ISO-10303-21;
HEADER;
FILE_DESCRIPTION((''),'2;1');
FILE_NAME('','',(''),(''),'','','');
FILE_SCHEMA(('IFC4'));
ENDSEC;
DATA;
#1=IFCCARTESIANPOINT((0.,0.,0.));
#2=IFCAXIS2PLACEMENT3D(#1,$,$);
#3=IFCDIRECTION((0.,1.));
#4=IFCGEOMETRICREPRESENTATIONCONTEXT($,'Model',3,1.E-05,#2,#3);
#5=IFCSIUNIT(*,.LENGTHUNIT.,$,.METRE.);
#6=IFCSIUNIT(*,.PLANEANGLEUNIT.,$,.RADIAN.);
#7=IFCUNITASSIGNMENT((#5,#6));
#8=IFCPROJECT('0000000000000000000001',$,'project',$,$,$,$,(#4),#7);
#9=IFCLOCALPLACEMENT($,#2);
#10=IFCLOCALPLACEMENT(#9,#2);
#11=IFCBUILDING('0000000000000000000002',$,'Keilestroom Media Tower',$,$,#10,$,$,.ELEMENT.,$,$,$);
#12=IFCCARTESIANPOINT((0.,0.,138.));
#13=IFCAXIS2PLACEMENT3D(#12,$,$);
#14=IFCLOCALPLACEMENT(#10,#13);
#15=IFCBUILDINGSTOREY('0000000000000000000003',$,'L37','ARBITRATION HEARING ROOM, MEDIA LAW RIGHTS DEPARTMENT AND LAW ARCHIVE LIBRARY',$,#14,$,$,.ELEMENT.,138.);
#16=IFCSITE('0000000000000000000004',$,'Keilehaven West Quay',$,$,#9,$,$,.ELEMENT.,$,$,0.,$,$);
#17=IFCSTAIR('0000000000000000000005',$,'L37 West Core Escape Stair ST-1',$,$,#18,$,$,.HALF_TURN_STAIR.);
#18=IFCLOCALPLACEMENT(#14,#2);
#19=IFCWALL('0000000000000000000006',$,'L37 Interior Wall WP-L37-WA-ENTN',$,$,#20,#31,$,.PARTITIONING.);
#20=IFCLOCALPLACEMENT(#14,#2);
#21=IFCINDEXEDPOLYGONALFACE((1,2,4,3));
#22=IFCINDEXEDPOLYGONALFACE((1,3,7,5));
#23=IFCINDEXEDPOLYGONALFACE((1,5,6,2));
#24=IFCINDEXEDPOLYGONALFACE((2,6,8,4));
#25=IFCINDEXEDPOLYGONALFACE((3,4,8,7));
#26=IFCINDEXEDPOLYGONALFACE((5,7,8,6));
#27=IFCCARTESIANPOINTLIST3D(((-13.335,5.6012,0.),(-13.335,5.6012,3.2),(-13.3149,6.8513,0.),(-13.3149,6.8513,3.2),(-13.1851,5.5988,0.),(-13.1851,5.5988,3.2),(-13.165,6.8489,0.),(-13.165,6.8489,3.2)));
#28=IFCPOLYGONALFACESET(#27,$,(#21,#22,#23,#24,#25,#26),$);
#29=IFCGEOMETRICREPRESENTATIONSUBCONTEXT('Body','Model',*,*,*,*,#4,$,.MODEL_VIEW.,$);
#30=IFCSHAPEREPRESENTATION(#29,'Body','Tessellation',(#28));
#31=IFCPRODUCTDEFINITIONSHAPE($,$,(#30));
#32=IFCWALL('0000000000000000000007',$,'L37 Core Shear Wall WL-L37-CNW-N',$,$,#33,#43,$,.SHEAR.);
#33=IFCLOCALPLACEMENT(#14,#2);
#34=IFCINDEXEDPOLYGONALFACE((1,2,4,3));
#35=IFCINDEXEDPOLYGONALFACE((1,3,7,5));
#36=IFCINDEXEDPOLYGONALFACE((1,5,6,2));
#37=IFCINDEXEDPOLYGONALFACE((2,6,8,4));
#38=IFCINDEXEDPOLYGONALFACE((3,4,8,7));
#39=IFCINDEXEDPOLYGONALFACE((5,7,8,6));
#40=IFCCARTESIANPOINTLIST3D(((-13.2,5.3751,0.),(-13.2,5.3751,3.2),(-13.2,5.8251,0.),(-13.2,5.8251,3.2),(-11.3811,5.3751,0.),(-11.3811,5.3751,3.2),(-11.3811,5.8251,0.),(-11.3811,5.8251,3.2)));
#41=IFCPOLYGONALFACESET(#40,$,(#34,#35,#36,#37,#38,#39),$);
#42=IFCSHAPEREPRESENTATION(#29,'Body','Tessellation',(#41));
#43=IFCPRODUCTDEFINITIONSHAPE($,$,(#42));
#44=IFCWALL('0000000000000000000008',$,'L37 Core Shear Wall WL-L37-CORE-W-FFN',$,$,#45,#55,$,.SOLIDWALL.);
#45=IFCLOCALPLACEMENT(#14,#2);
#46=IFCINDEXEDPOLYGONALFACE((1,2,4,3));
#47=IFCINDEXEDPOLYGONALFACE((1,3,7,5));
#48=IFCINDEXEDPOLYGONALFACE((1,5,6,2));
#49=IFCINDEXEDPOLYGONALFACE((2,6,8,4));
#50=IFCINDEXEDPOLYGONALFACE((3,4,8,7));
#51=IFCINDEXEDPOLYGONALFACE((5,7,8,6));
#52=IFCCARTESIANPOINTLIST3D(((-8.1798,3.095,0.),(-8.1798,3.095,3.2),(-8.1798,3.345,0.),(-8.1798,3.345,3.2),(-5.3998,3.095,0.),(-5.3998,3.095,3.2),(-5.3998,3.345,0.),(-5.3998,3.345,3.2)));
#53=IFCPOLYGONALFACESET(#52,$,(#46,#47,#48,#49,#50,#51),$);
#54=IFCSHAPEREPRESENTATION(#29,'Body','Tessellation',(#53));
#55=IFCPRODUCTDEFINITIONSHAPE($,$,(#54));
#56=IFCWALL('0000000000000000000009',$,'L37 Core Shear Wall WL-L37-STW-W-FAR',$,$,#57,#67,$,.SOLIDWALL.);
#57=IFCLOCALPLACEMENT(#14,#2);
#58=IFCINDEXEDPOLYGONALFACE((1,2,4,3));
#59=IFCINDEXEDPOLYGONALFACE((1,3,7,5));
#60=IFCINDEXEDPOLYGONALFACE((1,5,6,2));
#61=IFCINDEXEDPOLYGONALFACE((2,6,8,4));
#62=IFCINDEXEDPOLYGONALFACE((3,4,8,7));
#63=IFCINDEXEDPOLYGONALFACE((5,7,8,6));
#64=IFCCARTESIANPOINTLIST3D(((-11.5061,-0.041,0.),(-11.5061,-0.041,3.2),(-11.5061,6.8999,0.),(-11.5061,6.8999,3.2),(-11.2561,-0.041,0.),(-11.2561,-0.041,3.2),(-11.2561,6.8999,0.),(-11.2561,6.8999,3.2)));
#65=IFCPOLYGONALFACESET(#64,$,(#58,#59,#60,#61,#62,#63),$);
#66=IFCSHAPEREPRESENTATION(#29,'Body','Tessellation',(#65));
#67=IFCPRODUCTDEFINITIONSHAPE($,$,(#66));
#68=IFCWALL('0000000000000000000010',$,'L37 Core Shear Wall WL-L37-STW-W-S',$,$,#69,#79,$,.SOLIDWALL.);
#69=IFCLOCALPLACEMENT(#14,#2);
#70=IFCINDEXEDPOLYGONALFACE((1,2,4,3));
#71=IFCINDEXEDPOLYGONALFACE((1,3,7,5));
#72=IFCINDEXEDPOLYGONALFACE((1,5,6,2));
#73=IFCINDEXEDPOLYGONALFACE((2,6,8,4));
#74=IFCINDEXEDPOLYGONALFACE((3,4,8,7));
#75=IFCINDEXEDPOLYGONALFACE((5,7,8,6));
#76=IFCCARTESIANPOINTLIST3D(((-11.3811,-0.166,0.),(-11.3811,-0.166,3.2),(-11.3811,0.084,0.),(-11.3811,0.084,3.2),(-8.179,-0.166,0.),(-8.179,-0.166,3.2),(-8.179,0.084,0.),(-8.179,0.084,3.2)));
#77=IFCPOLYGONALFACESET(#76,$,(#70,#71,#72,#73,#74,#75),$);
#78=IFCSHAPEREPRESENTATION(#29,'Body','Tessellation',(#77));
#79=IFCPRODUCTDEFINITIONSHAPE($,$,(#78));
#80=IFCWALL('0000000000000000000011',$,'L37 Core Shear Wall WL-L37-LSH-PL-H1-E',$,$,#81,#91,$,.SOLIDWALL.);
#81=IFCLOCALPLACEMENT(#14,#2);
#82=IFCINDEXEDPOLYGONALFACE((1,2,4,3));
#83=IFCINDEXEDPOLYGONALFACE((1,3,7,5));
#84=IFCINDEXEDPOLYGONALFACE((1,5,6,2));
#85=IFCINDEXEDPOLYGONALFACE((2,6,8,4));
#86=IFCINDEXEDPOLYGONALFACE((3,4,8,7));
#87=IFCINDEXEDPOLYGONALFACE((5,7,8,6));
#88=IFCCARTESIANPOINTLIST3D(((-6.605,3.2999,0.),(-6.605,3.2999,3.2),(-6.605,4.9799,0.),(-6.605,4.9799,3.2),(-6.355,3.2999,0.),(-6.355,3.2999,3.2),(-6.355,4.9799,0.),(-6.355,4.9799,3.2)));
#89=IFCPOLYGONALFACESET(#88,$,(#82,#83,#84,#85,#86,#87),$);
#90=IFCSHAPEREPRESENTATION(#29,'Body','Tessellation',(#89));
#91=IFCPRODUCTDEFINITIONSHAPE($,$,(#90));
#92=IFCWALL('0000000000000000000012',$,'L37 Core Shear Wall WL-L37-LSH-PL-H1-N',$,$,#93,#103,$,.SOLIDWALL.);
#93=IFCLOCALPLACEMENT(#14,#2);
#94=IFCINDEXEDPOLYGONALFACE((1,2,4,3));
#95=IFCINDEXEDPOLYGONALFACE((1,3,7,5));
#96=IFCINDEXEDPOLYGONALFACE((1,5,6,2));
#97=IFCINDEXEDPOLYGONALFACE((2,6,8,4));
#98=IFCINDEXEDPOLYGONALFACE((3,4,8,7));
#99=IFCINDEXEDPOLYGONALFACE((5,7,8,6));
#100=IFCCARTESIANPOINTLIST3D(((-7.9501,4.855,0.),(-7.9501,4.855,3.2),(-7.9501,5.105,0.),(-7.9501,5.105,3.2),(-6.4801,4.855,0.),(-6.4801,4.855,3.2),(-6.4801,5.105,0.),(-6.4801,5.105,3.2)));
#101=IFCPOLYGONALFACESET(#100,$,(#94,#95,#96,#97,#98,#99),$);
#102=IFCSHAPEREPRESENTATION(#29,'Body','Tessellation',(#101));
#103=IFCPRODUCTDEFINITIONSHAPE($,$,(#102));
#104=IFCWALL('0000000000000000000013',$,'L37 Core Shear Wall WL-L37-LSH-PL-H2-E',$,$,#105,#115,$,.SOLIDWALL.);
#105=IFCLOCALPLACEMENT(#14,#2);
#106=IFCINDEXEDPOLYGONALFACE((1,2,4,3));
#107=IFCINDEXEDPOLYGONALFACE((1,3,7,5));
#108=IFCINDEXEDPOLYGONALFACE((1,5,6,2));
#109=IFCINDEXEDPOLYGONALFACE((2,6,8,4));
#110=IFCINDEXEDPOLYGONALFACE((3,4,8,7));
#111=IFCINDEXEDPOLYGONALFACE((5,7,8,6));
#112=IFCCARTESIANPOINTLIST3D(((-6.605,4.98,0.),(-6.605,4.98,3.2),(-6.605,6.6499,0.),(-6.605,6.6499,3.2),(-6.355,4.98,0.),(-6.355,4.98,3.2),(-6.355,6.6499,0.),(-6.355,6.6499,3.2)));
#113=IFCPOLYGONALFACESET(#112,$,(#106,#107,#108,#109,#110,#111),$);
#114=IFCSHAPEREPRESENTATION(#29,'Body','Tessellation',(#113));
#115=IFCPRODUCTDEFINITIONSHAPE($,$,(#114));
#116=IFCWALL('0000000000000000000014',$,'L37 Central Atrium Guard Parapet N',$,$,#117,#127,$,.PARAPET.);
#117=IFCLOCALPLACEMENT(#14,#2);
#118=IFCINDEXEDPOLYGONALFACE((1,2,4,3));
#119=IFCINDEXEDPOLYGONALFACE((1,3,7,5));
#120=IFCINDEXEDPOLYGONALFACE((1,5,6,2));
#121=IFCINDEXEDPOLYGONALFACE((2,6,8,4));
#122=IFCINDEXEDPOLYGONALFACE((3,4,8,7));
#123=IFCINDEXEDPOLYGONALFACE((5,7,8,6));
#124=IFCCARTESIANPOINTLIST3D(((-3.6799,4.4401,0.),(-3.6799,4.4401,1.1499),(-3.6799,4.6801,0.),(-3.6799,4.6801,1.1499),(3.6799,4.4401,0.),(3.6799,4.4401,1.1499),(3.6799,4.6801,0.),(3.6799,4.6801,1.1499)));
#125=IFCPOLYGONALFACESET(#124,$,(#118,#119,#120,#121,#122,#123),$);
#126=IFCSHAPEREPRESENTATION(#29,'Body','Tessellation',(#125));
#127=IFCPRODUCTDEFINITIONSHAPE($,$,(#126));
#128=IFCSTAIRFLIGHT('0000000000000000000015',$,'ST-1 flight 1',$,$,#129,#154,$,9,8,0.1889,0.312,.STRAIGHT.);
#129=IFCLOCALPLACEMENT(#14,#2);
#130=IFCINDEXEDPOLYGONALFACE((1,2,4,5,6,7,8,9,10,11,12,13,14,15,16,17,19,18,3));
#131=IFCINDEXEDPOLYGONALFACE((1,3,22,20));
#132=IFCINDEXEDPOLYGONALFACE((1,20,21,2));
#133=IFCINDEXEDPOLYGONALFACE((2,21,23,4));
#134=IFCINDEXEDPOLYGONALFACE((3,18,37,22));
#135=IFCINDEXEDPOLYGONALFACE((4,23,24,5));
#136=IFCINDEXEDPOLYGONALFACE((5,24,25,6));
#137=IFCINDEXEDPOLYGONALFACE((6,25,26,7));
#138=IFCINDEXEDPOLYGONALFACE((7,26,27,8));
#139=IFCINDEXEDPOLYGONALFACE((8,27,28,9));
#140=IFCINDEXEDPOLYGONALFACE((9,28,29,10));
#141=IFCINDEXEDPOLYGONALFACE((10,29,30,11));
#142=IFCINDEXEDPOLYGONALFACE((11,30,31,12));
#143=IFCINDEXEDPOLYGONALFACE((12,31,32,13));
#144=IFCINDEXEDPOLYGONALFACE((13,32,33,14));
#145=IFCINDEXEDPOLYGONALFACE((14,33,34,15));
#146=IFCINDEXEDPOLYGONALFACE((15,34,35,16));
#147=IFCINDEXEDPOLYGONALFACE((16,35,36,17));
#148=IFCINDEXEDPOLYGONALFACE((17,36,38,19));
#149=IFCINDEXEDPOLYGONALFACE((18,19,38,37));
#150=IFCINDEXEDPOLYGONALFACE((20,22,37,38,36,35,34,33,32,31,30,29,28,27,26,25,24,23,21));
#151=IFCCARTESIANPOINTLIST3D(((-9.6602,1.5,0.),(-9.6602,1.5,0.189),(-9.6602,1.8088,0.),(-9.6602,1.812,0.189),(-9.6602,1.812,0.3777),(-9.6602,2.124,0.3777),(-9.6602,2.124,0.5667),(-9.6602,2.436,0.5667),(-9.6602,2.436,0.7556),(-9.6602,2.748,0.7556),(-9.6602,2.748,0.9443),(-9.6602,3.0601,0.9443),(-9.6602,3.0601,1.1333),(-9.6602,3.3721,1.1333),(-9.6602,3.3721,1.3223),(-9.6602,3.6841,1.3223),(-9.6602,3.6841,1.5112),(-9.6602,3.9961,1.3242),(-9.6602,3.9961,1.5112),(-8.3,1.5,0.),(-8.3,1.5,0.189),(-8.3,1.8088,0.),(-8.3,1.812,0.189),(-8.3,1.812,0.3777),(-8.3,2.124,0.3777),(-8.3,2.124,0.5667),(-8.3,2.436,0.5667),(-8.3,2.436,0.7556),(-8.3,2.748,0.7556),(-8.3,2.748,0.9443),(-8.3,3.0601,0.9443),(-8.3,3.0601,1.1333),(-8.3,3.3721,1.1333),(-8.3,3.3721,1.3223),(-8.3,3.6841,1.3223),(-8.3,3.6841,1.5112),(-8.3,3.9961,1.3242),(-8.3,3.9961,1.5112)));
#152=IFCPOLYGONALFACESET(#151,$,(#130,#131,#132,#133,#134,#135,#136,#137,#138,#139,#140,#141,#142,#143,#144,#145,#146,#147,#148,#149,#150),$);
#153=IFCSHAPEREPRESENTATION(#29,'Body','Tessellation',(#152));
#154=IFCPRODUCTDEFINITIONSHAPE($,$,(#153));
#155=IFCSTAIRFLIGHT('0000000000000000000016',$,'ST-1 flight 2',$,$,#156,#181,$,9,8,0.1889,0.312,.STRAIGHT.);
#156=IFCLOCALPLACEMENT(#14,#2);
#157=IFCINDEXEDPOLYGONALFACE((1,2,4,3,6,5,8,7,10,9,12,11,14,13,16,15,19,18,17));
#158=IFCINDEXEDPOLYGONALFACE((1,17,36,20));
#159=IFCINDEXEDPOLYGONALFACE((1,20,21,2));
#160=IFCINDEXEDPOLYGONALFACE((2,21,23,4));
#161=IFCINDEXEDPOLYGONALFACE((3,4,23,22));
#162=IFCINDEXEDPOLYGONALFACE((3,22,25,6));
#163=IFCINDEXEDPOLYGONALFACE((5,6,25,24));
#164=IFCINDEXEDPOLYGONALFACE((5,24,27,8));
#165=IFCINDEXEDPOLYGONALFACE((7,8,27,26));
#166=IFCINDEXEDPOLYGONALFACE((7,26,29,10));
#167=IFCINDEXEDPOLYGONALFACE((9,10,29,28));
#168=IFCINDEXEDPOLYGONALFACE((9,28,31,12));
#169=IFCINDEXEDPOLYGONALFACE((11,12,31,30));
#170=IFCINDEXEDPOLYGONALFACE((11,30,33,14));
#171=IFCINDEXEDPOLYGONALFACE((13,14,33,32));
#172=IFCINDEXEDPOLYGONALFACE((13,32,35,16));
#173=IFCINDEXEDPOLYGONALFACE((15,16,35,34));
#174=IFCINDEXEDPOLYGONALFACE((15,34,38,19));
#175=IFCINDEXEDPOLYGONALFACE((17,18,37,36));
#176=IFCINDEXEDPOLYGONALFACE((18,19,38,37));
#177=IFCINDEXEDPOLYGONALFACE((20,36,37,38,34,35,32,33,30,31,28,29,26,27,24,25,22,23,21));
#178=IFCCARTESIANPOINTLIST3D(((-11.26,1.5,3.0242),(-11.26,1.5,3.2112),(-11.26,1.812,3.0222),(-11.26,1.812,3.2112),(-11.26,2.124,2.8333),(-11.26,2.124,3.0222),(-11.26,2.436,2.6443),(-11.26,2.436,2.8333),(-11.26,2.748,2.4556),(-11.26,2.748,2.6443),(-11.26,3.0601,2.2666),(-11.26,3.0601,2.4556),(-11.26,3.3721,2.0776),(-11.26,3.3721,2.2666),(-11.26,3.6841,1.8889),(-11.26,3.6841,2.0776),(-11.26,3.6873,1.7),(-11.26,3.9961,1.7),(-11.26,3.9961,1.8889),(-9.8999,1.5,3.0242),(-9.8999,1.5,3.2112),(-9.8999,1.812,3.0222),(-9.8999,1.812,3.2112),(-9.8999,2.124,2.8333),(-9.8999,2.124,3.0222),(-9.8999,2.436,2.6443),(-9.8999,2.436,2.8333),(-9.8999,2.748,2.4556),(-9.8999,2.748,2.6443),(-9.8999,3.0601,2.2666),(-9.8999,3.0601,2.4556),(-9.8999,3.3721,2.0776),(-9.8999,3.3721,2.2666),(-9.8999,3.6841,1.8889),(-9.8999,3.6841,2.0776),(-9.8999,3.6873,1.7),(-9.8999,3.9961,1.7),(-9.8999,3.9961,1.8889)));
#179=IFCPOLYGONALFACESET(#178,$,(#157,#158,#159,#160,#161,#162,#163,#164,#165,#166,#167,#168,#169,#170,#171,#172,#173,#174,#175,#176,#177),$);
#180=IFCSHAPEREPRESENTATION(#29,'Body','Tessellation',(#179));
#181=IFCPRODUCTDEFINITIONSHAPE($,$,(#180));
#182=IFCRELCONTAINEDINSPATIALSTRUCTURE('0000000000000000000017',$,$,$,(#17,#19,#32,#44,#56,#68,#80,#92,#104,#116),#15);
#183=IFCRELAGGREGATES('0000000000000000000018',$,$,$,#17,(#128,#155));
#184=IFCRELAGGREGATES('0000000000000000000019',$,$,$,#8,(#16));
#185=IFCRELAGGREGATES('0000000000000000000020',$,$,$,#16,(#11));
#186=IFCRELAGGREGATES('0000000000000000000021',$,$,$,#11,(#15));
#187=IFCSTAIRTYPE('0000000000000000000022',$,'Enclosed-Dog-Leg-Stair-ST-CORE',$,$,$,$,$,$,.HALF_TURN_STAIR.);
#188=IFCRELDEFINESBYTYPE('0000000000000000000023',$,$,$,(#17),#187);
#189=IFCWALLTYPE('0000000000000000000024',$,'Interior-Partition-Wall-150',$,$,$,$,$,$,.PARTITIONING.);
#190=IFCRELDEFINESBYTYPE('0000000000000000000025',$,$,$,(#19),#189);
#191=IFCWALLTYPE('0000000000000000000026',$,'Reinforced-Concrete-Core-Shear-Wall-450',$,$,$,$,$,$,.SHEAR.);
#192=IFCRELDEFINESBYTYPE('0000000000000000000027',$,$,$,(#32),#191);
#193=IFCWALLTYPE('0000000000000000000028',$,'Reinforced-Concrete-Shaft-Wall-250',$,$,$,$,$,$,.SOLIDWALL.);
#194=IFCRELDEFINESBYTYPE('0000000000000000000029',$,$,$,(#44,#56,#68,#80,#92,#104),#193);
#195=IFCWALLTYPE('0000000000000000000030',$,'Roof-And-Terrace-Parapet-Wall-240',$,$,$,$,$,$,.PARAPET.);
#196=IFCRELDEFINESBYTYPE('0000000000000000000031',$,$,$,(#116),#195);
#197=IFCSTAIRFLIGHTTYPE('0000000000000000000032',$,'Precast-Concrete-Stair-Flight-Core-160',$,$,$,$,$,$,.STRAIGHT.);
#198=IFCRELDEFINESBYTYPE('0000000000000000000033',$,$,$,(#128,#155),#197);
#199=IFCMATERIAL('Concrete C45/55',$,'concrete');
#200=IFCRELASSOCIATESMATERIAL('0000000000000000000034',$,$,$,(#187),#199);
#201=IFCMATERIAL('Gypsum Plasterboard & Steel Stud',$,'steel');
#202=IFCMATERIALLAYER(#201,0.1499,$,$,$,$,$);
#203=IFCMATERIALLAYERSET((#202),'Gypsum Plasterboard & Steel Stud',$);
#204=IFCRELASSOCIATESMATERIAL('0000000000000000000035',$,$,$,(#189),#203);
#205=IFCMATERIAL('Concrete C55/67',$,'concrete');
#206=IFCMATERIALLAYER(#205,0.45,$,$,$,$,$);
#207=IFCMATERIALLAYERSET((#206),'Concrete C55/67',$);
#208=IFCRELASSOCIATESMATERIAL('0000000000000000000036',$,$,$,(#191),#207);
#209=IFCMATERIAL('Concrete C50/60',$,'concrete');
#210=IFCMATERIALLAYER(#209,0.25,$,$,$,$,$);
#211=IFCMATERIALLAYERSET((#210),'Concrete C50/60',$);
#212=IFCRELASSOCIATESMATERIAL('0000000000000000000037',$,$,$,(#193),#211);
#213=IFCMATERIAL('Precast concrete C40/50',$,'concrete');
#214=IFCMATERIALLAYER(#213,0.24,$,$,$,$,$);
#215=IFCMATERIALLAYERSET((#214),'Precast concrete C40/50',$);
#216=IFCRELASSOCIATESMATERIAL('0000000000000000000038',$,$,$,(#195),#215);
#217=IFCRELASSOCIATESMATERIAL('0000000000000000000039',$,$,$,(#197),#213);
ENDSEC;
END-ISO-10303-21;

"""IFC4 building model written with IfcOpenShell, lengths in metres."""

from ifc_helpers import new_model, si_unit, direction, frame, frame_2d, origin, place, context, subcontext, project, spatial, polyline, rectangle, outline, extrude, material, layer, layer_set, type_object, element, aggregate, save


model = new_model("IFC4")

# Units and contexts
model_context = context("Model", 3, precision=1e-05, world=origin(), true_north=direction((0.0, 1.0)))
body_context = subcontext(model_context, "Body", "Model", "MODEL_VIEW")
ifc_project = project(units=[si_unit("LENGTHUNIT", "METRE"), si_unit("PLANEANGLEUNIT", "RADIAN")], contexts=[model_context])

# Site, building, storey
site_placement = place(None, origin())
site = spatial("IfcSite", under=ifc_project, at=site_placement, Name="Keilehaven West Quay", CompositionType="ELEMENT", RefElevation=0.0)
building_placement = place(site_placement, origin())
building = spatial("IfcBuilding", under=site, at=building_placement, Name="Keilestroom Media Tower", CompositionType="ELEMENT")
storey_placement = place(building_placement, frame((0.0, 0.0, 138.0)))
storey = spatial("IfcBuildingStorey", under=building, at=storey_placement, Name="L37", Description="ARBITRATION HEARING ROOM, MEDIA LAW RIGHTS DEPARTMENT AND LAW ARCHIVE LIBRARY", CompositionType="ELEMENT", Elevation=138.0)

# Shared definitions
ifc_material_1 = material(Name="Concrete C50/60", Category="concrete")

# Stair
ifc_material_2 = material(Name="Concrete C45/55", Category="concrete")
stair_type = type_object("IfcStairType", Name="Enclosed-Dog-Leg-Stair-ST-CORE", PredefinedType="HALF_TURN_STAIR", material=ifc_material_2)
stair_1_placement = place(storey_placement, origin())
stair_1 = element("IfcStair", 1, at=stair_1_placement, inside=storey, type_object=stair_type, Name="L37 West Core Escape Stair ST-1", PredefinedType="HALF_TURN_STAIR")

# Walls
ifc_material_3 = material(Name="Gypsum Plasterboard & Steel Stud", Category="steel")
ifc_layer_1 = layer(ifc_material_3, 0.1499)
ifc_layer_set_1 = layer_set([ifc_layer_1], Name="Gypsum Plasterboard & Steel Stud")
wall_type_1 = type_object("IfcWallType", Name="Interior-Partition-Wall-150", PredefinedType="PARTITIONING", material=ifc_layer_set_1)
wall_1_placement = place(storey_placement, frame((-13.26, 5.6001, 0.0), z_axis=(0.0, 0.0, 1.0), x_axis=(0.016014, 0.999872, 0.0)))
element("IfcWall", 2, at=wall_1_placement, inside=storey, type_object=wall_type_1, Name="L37 Interior Wall WP-L37-WA-ENTN", PredefinedType="PARTITIONING", context=body_context, shape_type="SweptSolid", body=[
    extrude(rectangle(XDim=1.2502, YDim=0.1499, at=frame_2d((0.625, 0.0))), origin(), (0.0, 0.0, 1.0), 3.2),
])
ifc_material_4 = material(Name="Concrete C55/67", Category="concrete")
ifc_layer_2 = layer(ifc_material_4, 0.45)
ifc_layer_set_2 = layer_set([ifc_layer_2], Name="Concrete C55/67")
wall_type_2 = type_object("IfcWallType", Name="Reinforced-Concrete-Core-Shear-Wall-450", PredefinedType="SHEAR", material=ifc_layer_set_2)
wall_2_placement = place(storey_placement, frame((-13.2, 5.6001, 0.0), z_axis=(0.0, 0.0, 1.0), x_axis=(1.0, 0.0, 0.0)))
element("IfcWall", 3, at=wall_2_placement, inside=storey, type_object=wall_type_2, Name="L37 Core Shear Wall WL-L37-CNW-N", PredefinedType="SHEAR", context=body_context, shape_type="SweptSolid", body=[
    extrude(rectangle(XDim=1.8188, YDim=0.45, at=frame_2d((0.9094, 0.0))), origin(), (0.0, 0.0, 1.0), 3.2),
])
ifc_layer_3 = layer(ifc_material_1, 0.25)
ifc_layer_set_3 = layer_set([ifc_layer_3], Name="Concrete C50/60")
wall_type_3 = type_object("IfcWallType", Name="Reinforced-Concrete-Shaft-Wall-250", PredefinedType="SOLIDWALL", material=ifc_layer_set_3)
wall_3_placement = place(storey_placement, frame((-8.1799, 3.22, 0.0), z_axis=(0.0, 0.0, 1.0), x_axis=(1.0, 0.0, 0.0)))
element("IfcWall", 4, at=wall_3_placement, inside=storey, type_object=wall_type_3, Name="L37 Core Shear Wall WL-L37-CORE-W-FFN", PredefinedType="SOLIDWALL", context=body_context, shape_type="SweptSolid", body=[
    extrude(rectangle(XDim=2.78, YDim=0.25, at=frame_2d((1.3901, 0.0))), origin(), (0.0, 0.0, 1.0), 3.2),
])
wall_4_placement = place(storey_placement, frame((-11.3811, -0.041, 0.0), z_axis=(0.0, 0.0, 1.0), x_axis=(0.0, 1.0, 0.0)))
element("IfcWall", 5, at=wall_4_placement, inside=storey, type_object=wall_type_3, Name="L37 Core Shear Wall WL-L37-STW-W-FAR", PredefinedType="SOLIDWALL", context=body_context, shape_type="SweptSolid", body=[
    extrude(rectangle(XDim=6.9409, YDim=0.25, at=frame_2d((3.4705, 0.0))), origin(), (0.0, 0.0, 1.0), 3.2),
])
wall_5_placement = place(storey_placement, frame((-11.3811, -0.041, 0.0), z_axis=(0.0, 0.0, 1.0), x_axis=(1.0, 0.0, 0.0)))
element("IfcWall", 6, at=wall_5_placement, inside=storey, type_object=wall_type_3, Name="L37 Core Shear Wall WL-L37-STW-W-S", PredefinedType="SOLIDWALL", context=body_context, shape_type="SweptSolid", body=[
    extrude(rectangle(XDim=3.2021, YDim=0.25, at=frame_2d((1.6011, 0.0))), origin(), (0.0, 0.0, 1.0), 3.2),
])
wall_6_placement = place(storey_placement, frame((-6.48, 3.3, 0.0), z_axis=(0.0, 0.0, 1.0), x_axis=(0.0, 1.0, 0.0)))
element("IfcWall", 7, at=wall_6_placement, inside=storey, type_object=wall_type_3, Name="L37 Core Shear Wall WL-L37-LSH-PL-H1-E", PredefinedType="SOLIDWALL", context=body_context, shape_type="SweptSolid", body=[
    extrude(rectangle(XDim=1.6799, YDim=0.25, at=frame_2d((0.8398, 0.0))), origin(), (0.0, 0.0, 1.0), 3.2),
])
wall_7_placement = place(storey_placement, frame((-7.95, 4.98, 0.0), z_axis=(0.0, 0.0, 1.0), x_axis=(1.0, 0.0, 0.0)))
element("IfcWall", 8, at=wall_7_placement, inside=storey, type_object=wall_type_3, Name="L37 Core Shear Wall WL-L37-LSH-PL-H1-N", PredefinedType="SOLIDWALL", context=body_context, shape_type="SweptSolid", body=[
    extrude(rectangle(XDim=1.47, YDim=0.25, at=frame_2d((0.7349, 0.0))), origin(), (0.0, 0.0, 1.0), 3.2),
])
wall_8_placement = place(storey_placement, frame((-6.48, 4.98, 0.0), z_axis=(0.0, 0.0, 1.0), x_axis=(0.0, 1.0, 0.0)))
element("IfcWall", 9, at=wall_8_placement, inside=storey, type_object=wall_type_3, Name="L37 Core Shear Wall WL-L37-LSH-PL-H2-E", PredefinedType="SOLIDWALL", context=body_context, shape_type="SweptSolid", body=[
    extrude(rectangle(XDim=1.6699, YDim=0.25, at=frame_2d((0.835, 0.0))), origin(), (0.0, 0.0, 1.0), 3.2),
])
ifc_material_5 = material(Name="Precast concrete C40/50", Category="concrete")
ifc_layer_4 = layer(ifc_material_5, 0.24)
ifc_layer_set_4 = layer_set([ifc_layer_4], Name="Precast concrete C40/50")
wall_type_4 = type_object("IfcWallType", Name="Roof-And-Terrace-Parapet-Wall-240", PredefinedType="PARAPET", material=ifc_layer_set_4)
wall_9_placement = place(storey_placement, frame((-3.6799, 4.5601, 0.0), z_axis=(0.0, 0.0, 1.0), x_axis=(1.0, 0.0, 0.0)))
element("IfcWall", 10, at=wall_9_placement, inside=storey, type_object=wall_type_4, Name="L37 Central Atrium Guard Parapet N", PredefinedType="PARAPET", context=body_context, shape_type="SweptSolid", body=[
    extrude(rectangle(XDim=7.3599, YDim=0.24, at=frame_2d((3.6799, 0.0))), origin(), (0.0, 0.0, 1.0), 1.1499),
])

# Stair flights
stair_flight_type = type_object("IfcStairFlightType", Name="Precast-Concrete-Stair-Flight-Core-160", PredefinedType="STRAIGHT", material=ifc_material_5)
stair_flight_1_placement = place(storey_placement, frame((-8.98, 1.5, 0.0), z_axis=(0.0, 0.0, 1.0), x_axis=(0.0, 1.0, 0.0)))
stair_flight_1 = element("IfcStairFlight", 11, at=stair_flight_1_placement, type_object=stair_flight_type, Name="ST-1 flight 1", NumberOfRisers=9, NumberOfTreads=8, PredefinedType="STRAIGHT", RiserHeight=0.1889, TreadLength=0.312, context=body_context, shape_type="SweptSolid", body=[
    extrude(outline(polyline([(0.0, 0.0), (0.0, 0.189), (0.312, 0.189), (0.312, 0.3777), (0.624, 0.3777), (0.624, 0.5667), (0.936, 0.5667), (0.936, 0.7556), (1.248, 0.7556), (1.248, 0.9443), (1.5601, 0.9443), (1.5601, 1.1333), (1.8721, 1.1333), (1.8721, 1.3223), (2.1841, 1.3223), (2.1841, 1.5112), (2.4961, 1.5112), (2.4961, 1.7), (2.4961, 1.3242), (0.3088, 0.0), (0.0, 0.0)])), frame((0.0, 0.6802, 0.0), z_axis=(0.0, -1.0, 0.0), x_axis=(1.0, 0.0, 0.0)), (0.0, 0.0, 1.0), 1.3601),
])
stair_flight_2_placement = place(storey_placement, frame((-10.5801, 3.9961, 1.7), z_axis=(0.0, 0.0, 1.0), x_axis=(0.0, -1.0, 0.0)))
stair_flight_2 = element("IfcStairFlight", 12, at=stair_flight_2_placement, type_object=stair_flight_type, Name="ST-1 flight 2", NumberOfRisers=9, NumberOfTreads=8, PredefinedType="STRAIGHT", RiserHeight=0.1889, TreadLength=0.312, context=body_context, shape_type="SweptSolid", body=[
    extrude(outline(polyline([(0.0, 0.0), (0.0, 0.189), (0.312, 0.189), (0.312, 0.3777), (0.624, 0.3777), (0.624, 0.5667), (0.936, 0.5667), (0.936, 0.7556), (1.248, 0.7556), (1.248, 0.9443), (1.5601, 0.9443), (1.5601, 1.1333), (1.8721, 1.1333), (1.8721, 1.3223), (2.1841, 1.3223), (2.1841, 1.5112), (2.4961, 1.5112), (2.4961, 1.7), (2.4961, 1.3242), (0.3088, 0.0), (0.0, 0.0)])), frame((0.0, 0.6802, 0.0), z_axis=(0.0, -1.0, 0.0), x_axis=(1.0, 0.0, 0.0)), (0.0, 0.0, 1.0), 1.3601),
])
aggregate(stair_1, [stair_flight_1, stair_flight_2])

save(model, "model.ifc")
